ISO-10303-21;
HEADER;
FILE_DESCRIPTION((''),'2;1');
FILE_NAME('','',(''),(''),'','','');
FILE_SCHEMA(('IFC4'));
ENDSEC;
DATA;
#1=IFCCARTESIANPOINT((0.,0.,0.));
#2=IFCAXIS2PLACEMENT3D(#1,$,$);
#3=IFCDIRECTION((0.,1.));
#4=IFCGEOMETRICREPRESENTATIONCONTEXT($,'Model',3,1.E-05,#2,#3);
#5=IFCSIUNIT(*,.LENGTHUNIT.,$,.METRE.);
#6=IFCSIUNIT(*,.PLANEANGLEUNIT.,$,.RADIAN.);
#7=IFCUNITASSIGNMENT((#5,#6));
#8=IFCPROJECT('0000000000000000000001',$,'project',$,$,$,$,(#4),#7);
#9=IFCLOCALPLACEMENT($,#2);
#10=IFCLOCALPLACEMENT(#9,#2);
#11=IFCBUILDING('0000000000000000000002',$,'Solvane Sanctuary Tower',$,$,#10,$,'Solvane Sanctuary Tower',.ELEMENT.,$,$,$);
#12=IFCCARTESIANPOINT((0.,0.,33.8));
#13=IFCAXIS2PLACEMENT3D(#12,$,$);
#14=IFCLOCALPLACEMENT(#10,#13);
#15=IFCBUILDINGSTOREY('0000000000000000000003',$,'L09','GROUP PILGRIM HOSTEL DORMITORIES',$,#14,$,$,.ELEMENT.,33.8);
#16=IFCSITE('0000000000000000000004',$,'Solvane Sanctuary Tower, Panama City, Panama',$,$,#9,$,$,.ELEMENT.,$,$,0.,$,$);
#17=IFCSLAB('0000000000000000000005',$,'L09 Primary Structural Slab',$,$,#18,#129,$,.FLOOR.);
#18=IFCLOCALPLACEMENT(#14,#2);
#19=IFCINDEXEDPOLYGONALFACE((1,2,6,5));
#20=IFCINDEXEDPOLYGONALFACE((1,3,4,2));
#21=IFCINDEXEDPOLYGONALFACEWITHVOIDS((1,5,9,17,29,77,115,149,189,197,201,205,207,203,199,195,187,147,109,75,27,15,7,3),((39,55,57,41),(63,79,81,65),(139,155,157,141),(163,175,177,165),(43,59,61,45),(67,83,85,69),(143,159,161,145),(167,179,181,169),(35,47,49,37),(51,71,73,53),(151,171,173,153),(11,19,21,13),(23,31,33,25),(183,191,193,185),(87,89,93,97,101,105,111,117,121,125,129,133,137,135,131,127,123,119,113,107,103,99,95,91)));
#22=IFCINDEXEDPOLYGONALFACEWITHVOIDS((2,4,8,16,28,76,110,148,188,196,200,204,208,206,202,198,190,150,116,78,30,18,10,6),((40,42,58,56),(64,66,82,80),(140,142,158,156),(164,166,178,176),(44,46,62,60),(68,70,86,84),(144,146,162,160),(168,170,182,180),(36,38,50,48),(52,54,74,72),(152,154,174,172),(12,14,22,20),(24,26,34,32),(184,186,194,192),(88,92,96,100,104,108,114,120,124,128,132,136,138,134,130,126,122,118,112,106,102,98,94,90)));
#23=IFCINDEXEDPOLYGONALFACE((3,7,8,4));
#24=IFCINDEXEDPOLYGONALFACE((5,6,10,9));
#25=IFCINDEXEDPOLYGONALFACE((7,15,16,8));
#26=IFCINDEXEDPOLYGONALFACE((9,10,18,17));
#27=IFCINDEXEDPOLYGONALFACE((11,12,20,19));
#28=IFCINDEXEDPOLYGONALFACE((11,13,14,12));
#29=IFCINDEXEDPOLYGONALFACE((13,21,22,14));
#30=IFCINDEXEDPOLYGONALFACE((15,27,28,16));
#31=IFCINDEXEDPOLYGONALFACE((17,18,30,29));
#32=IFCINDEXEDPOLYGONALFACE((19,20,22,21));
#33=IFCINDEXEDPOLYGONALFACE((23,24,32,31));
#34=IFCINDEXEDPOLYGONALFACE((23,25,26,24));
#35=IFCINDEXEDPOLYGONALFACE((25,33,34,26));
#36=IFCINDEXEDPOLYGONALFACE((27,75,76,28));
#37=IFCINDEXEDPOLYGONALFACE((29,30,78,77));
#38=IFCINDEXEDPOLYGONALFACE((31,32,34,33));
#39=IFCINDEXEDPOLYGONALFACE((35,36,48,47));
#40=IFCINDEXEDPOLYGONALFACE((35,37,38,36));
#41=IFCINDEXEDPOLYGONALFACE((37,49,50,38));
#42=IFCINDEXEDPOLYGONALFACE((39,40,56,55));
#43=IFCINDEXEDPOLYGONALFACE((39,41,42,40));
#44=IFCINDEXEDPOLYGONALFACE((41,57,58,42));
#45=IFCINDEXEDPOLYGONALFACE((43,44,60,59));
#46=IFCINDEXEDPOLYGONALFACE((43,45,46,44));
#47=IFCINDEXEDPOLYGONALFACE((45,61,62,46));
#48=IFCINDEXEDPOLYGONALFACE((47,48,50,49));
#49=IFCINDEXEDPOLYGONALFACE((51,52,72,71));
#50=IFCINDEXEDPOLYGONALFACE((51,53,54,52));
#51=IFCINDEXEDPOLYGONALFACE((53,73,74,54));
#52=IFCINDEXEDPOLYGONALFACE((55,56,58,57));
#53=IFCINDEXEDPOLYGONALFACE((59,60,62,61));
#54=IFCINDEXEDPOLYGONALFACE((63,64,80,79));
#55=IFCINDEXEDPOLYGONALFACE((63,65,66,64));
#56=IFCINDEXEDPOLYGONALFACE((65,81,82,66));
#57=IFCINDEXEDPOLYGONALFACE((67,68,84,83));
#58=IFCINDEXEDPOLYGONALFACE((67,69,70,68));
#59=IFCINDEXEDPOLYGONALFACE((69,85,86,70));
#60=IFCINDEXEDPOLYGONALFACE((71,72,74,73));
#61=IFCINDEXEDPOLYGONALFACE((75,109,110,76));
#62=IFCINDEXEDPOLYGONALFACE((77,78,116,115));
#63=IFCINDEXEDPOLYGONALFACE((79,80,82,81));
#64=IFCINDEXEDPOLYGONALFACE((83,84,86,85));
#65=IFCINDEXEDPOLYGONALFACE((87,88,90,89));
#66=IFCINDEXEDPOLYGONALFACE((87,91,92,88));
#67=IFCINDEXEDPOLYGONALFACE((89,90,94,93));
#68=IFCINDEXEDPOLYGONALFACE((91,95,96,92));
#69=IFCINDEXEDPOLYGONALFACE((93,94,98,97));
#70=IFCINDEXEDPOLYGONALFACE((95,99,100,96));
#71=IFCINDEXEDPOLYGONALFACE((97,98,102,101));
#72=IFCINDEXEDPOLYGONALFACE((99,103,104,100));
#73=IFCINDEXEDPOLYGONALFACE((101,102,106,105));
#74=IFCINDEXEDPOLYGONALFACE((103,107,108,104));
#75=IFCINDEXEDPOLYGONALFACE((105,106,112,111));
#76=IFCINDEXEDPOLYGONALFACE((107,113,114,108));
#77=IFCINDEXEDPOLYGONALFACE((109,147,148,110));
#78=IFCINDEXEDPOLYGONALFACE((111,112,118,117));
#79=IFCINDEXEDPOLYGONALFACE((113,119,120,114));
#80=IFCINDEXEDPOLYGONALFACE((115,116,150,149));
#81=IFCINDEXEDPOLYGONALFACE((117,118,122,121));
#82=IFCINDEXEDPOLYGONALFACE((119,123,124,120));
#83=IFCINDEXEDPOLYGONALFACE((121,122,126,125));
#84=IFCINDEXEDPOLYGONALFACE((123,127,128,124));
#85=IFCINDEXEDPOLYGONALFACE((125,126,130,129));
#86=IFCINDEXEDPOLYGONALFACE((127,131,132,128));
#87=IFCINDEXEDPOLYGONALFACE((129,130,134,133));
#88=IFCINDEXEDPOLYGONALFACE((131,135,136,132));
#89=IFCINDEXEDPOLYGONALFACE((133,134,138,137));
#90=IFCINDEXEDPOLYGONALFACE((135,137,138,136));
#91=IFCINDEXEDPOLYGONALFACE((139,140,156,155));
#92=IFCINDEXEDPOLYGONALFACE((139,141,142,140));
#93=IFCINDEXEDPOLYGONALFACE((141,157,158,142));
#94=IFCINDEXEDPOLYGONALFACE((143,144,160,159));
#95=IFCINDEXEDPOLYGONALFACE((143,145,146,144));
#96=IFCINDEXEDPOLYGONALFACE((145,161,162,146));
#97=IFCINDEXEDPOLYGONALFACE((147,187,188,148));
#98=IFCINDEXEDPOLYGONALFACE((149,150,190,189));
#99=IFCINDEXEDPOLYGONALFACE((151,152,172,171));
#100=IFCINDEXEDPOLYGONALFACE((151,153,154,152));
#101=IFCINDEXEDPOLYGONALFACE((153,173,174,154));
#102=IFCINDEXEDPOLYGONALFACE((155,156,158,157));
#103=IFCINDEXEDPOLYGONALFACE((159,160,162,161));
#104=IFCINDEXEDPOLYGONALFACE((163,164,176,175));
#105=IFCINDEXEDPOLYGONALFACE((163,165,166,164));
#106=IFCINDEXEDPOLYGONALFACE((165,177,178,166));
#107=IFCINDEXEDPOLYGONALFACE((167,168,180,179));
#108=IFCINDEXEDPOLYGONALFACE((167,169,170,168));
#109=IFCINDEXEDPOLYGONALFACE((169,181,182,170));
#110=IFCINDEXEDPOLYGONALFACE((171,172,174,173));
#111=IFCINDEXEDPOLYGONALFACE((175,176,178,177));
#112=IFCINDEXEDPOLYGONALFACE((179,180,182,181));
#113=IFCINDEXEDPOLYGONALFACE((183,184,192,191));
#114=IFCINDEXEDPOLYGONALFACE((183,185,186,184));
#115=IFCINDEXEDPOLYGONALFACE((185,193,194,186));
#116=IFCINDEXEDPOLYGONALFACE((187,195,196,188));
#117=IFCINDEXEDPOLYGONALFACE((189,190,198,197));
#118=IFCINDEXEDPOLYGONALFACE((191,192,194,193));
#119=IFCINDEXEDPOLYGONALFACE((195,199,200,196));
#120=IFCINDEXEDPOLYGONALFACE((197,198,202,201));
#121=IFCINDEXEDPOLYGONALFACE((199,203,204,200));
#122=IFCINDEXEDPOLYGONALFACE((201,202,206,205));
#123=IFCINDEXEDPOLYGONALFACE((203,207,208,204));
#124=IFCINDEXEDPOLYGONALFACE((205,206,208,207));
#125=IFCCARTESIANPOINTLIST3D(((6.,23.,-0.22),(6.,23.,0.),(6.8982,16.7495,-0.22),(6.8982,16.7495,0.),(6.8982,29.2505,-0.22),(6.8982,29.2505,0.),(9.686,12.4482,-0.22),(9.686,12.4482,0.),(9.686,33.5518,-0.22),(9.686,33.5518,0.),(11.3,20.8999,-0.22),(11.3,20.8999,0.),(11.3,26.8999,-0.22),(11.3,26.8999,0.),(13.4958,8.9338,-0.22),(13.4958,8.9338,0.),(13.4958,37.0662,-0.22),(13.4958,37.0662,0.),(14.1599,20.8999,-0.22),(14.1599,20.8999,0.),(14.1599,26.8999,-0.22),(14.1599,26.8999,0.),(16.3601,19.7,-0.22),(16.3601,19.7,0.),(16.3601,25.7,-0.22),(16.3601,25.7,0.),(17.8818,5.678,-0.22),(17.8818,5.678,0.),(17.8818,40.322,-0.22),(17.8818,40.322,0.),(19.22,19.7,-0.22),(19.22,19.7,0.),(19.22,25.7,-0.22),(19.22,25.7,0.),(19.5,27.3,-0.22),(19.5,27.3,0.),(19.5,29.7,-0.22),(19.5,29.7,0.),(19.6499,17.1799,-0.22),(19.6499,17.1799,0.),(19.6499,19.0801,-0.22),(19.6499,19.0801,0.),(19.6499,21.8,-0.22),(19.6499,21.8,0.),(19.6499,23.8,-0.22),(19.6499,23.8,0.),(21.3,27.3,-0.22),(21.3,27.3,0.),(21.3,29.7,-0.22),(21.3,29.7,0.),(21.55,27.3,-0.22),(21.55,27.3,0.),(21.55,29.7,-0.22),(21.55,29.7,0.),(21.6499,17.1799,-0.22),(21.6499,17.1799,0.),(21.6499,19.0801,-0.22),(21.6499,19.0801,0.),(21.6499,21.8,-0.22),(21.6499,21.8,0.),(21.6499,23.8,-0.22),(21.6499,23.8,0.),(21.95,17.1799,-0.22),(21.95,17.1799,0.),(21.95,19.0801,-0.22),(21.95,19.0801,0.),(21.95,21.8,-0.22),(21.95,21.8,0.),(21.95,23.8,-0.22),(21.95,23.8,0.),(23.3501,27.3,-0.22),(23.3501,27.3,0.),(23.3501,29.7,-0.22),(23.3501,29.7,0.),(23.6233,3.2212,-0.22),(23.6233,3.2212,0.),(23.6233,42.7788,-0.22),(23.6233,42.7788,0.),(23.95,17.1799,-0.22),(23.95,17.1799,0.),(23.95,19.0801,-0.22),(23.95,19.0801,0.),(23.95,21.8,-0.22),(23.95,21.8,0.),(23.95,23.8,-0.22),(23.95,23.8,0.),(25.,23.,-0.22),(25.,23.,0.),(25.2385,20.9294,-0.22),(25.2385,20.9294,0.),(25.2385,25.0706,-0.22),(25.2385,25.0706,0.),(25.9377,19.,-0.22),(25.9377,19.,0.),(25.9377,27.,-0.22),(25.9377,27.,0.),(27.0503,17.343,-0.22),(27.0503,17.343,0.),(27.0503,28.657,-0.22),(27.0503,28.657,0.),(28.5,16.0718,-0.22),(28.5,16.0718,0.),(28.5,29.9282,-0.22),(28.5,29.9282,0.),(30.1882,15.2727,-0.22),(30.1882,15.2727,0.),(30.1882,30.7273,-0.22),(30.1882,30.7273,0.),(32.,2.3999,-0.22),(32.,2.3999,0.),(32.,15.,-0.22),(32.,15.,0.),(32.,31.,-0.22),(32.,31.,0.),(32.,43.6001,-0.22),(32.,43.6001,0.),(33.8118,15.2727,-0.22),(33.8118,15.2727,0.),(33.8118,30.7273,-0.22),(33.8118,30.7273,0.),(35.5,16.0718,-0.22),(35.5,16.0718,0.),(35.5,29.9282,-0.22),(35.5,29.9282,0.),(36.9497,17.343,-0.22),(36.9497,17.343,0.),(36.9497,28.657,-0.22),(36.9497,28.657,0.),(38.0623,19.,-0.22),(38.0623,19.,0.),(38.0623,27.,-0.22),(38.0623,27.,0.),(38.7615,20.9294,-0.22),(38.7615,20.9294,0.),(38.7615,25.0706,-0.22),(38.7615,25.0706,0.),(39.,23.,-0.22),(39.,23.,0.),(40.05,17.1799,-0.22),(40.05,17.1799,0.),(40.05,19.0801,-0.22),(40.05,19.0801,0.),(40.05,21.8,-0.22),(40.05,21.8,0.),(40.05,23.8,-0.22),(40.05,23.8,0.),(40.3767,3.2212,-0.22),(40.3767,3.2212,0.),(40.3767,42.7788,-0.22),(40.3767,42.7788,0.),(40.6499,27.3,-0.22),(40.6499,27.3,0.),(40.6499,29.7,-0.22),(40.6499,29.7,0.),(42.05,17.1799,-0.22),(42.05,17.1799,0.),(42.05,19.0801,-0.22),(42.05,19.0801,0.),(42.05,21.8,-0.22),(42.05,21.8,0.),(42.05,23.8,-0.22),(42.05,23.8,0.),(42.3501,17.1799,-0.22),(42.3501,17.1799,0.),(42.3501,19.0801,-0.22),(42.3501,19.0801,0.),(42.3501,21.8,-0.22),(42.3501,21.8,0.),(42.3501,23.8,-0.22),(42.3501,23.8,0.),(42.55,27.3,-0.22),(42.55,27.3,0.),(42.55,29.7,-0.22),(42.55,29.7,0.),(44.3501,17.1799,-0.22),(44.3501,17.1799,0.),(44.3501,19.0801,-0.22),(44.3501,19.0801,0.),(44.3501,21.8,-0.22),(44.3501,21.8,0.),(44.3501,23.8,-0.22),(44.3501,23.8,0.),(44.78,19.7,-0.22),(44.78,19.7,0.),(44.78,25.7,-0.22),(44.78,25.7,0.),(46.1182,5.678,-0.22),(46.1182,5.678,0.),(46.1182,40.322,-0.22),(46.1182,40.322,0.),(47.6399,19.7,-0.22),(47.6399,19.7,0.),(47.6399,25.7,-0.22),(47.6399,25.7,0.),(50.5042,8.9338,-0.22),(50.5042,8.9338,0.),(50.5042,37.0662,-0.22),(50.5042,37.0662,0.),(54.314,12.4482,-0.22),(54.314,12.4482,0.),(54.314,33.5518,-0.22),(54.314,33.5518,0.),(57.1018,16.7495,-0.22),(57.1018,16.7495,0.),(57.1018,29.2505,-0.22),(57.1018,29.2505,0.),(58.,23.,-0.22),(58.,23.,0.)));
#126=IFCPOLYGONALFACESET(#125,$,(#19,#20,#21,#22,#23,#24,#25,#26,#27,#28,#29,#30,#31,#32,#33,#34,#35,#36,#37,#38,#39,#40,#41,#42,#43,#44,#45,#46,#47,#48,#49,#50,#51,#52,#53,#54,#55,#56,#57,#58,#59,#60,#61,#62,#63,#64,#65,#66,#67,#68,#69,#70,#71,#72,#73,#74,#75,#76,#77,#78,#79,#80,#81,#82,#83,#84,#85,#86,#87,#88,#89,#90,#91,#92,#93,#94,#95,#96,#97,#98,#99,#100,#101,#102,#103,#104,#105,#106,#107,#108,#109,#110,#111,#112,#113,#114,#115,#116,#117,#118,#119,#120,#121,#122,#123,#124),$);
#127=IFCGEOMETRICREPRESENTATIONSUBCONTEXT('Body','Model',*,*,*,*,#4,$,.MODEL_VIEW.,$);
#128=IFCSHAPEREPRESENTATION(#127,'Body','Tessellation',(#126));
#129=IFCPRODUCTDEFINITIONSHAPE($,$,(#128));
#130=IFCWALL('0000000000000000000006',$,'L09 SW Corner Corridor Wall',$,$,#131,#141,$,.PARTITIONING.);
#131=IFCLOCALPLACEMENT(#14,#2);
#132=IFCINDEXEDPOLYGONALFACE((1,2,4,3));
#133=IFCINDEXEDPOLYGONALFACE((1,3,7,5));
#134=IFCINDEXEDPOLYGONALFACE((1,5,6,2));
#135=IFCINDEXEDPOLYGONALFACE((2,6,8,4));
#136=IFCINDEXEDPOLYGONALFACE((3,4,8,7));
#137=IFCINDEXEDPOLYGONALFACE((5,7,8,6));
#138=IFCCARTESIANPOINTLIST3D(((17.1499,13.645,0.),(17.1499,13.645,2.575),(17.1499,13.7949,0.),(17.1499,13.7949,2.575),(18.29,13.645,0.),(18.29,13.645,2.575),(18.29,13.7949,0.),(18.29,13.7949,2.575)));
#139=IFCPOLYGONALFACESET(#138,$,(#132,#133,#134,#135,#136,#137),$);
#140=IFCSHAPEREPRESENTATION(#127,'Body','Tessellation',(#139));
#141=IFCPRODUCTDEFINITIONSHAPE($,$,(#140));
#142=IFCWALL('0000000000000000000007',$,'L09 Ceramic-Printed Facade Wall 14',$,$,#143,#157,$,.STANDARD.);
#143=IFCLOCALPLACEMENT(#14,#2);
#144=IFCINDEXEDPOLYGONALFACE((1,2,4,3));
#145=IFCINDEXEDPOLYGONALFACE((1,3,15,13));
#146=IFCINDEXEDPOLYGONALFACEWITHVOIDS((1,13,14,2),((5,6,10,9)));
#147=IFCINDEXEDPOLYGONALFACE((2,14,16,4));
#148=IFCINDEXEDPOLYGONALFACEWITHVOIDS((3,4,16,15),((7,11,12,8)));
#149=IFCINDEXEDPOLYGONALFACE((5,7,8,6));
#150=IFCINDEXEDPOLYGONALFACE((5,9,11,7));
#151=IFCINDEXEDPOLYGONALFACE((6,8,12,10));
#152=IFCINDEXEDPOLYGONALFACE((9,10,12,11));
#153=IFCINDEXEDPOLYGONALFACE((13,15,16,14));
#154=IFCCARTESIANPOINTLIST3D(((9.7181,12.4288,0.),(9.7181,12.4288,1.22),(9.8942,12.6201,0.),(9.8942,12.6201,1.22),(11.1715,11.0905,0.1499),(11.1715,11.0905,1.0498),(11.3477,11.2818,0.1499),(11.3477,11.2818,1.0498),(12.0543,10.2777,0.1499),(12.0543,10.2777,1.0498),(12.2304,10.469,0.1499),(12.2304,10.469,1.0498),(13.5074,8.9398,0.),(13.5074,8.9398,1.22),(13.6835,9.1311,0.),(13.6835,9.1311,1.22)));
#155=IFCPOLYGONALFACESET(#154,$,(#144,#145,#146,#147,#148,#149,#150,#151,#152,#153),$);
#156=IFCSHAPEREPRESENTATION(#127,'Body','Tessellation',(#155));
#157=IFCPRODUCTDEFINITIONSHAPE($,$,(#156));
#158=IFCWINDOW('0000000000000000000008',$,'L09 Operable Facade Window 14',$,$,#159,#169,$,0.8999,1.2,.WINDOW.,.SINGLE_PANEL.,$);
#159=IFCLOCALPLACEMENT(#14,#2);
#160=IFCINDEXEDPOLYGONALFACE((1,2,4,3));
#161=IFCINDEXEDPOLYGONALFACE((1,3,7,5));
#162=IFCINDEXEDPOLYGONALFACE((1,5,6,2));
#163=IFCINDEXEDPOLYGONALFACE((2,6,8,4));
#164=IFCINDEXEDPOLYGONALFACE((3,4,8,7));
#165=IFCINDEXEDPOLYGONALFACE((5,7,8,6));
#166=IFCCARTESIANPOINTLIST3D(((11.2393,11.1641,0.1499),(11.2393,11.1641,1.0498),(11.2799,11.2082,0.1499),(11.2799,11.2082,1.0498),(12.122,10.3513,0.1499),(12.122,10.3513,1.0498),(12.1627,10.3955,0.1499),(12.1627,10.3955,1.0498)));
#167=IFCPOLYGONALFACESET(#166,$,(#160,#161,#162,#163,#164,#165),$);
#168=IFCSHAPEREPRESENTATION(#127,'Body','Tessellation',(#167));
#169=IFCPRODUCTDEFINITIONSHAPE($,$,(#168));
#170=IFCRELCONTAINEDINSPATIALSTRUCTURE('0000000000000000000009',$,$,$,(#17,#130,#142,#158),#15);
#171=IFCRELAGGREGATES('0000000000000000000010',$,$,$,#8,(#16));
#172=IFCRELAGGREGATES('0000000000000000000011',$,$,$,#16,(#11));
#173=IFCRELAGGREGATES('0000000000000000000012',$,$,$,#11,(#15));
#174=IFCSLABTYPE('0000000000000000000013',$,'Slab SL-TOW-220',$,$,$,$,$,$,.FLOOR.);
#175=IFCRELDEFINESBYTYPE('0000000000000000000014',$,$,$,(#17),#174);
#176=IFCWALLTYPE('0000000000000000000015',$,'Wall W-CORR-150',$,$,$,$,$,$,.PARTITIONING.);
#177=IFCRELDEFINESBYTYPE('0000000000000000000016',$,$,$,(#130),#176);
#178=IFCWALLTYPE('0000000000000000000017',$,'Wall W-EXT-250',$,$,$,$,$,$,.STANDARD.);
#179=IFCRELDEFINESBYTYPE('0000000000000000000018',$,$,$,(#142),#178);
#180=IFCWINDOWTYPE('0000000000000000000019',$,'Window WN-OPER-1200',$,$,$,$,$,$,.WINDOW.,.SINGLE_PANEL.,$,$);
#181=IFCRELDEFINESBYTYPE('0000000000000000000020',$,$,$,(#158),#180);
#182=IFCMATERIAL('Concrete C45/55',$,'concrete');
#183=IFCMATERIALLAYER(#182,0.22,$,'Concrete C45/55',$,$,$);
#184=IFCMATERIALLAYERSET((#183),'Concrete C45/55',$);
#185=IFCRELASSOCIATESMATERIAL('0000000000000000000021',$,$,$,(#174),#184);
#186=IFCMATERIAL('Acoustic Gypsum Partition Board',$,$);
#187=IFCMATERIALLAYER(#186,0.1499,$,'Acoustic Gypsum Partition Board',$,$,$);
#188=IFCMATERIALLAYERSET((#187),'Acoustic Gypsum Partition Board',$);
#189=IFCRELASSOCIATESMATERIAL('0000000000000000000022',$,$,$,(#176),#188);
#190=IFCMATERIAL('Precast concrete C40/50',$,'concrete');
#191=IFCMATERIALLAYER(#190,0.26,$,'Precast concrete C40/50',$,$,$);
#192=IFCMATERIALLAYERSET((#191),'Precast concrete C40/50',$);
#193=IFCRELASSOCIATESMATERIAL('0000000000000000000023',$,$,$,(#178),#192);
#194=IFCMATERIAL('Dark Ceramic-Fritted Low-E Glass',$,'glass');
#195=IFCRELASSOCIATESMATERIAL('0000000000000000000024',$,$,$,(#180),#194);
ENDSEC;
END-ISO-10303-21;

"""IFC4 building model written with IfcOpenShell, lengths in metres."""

from ifc_helpers import new_model, si_unit, direction, frame, frame_2d, origin, place, context, subcontext, project, spatial, polyline, rectangle, outline, extrude, material, layer, layer_set, type_object, element, fill, save


model = new_model("IFC4")

# Units and contexts
model_context = context("Model", 3, precision=1e-05, world=origin(), true_north=direction((0.0, 1.0)))
body_context = subcontext(model_context, "Body", "Model", "MODEL_VIEW")
ifc_project = project(units=[si_unit("LENGTHUNIT", "METRE"), si_unit("PLANEANGLEUNIT", "RADIAN")], contexts=[model_context])

# Site, building, storey
site_placement = place(None, origin())
site = spatial("IfcSite", under=ifc_project, at=site_placement, Name="Solvane Sanctuary Tower, Panama City, Panama", CompositionType="ELEMENT", RefElevation=0.0)
building_placement = place(site_placement, origin())
building = spatial("IfcBuilding", under=site, at=building_placement, Name="Solvane Sanctuary Tower", LongName="Solvane Sanctuary Tower", CompositionType="ELEMENT")
storey_placement = place(building_placement, frame((0.0, 0.0, 33.8)))
storey = spatial("IfcBuildingStorey", under=building, at=storey_placement, Name="L09", Description="GROUP PILGRIM HOSTEL DORMITORIES", CompositionType="ELEMENT", Elevation=33.8)

# Shared definitions
ifc_material_1 = material(Name="Concrete C45/55", Category="concrete")

# Slab
ifc_layer_1 = layer(ifc_material_1, 0.22, Name="Concrete C45/55")
ifc_layer_set_1 = layer_set([ifc_layer_1], Name="Concrete C45/55")
slab_type_1 = type_object("IfcSlabType", Name="Slab SL-TOW-220", PredefinedType="FLOOR", material=ifc_layer_set_1)
slab_1_placement = place(storey_placement, frame((0.0, 0.0, -0.22)))
element("IfcSlab", 1, at=slab_1_placement, inside=storey, type_object=slab_type_1, Name="L09 Primary Structural Slab", PredefinedType="FLOOR", context=body_context, shape_type="SweptSolid", body=[
    extrude(outline(polyline([(58.0, 23.0), (57.1018, 29.2505), (54.314, 33.5518), (50.5042, 37.0662), (46.1182, 40.322), (40.3767, 42.7788), (32.0, 43.6001), (23.6233, 42.7788), (17.8818, 40.322), (13.4958, 37.0662), (9.686, 33.5518), (6.8982, 29.2505), (6.0, 23.0), (6.8982, 16.7495), (9.686, 12.4482), (13.4958, 8.9338), (17.8818, 5.678), (23.6233, 3.2212), (32.0, 2.3999), (40.3767, 3.2212), (46.1182, 5.678), (50.5042, 8.9338), (54.314, 12.4482), (57.1018, 16.7495), (58.0, 23.0)]), holes=[polyline([(38.7615, 20.9294), (38.0623, 19.0), (36.9497, 17.343), (35.5, 16.0718), (33.8118, 15.2727), (32.0, 15.0), (30.1882, 15.2727), (28.5, 16.0718), (27.0503, 17.343), (25.9377, 19.0), (25.2385, 20.9294), (25.0, 23.0), (25.2385, 25.0706), (25.9377, 27.0), (27.0503, 28.657), (28.5, 29.9282), (30.1882, 30.7273), (32.0, 31.0), (33.8118, 30.7273), (35.5, 29.9282), (36.9497, 28.657), (38.0623, 27.0), (38.7615, 25.0706), (39.0, 23.0), (38.7615, 20.9294)]), polyline([(16.3601, 19.7), (16.3601, 25.7), (19.22, 25.7), (19.22, 19.7), (16.3601, 19.7)]), polyline([(44.78, 19.7), (44.78, 25.7), (47.6399, 25.7), (47.6399, 19.7), (44.78, 19.7)]), polyline([(11.3, 20.8999), (11.3, 26.8999), (14.1599, 26.8999), (14.1599, 20.8999), (11.3, 20.8999)]), polyline([(19.6499, 19.0801), (21.6499, 19.0801), (21.6499, 17.1799), (19.6499, 17.1799), (19.6499, 19.0801)]), polyline([(21.95, 19.0801), (23.95, 19.0801), (23.95, 17.1799), (21.95, 17.1799), (21.95, 19.0801)]), polyline([(40.05, 19.0801), (42.05, 19.0801), (42.05, 17.1799), (40.05, 17.1799), (40.05, 19.0801)]), polyline([(42.3501, 19.0801), (44.3501, 19.0801), (44.3501, 17.1799), (42.3501, 17.1799), (42.3501, 19.0801)]), polyline([(19.6499, 23.8), (21.6499, 23.8), (21.6499, 21.8), (19.6499, 21.8), (19.6499, 23.8)]), polyline([(42.3501, 23.8), (44.3501, 23.8), (44.3501, 21.8), (42.3501, 21.8), (42.3501, 23.8)]), polyline([(21.95, 23.8), (23.95, 23.8), (23.95, 21.8), (21.95, 21.8), (21.95, 23.8)]), polyline([(40.05, 23.8), (42.05, 23.8), (42.05, 21.8), (40.05, 21.8), (40.05, 23.8)]), polyline([(19.5, 29.7), (21.3, 29.7), (21.3, 27.3), (19.5, 27.3), (19.5, 29.7)]), polyline([(21.55, 29.7), (23.3501, 29.7), (23.3501, 27.3), (21.55, 27.3), (21.55, 29.7)]), polyline([(40.6499, 29.7), (42.55, 29.7), (42.55, 27.3), (40.6499, 27.3), (40.6499, 29.7)])]), origin(), (0.0, 0.0, 1.0), 0.22),
])

# Wall
ifc_material_2 = material(Name="Acoustic Gypsum Partition Board")
ifc_layer_2 = layer(ifc_material_2, 0.1499, Name="Acoustic Gypsum Partition Board")
ifc_layer_set_2 = layer_set([ifc_layer_2], Name="Acoustic Gypsum Partition Board")
wall_type_1 = type_object("IfcWallType", Name="Wall W-CORR-150", PredefinedType="PARTITIONING", material=ifc_layer_set_2)
wall_1_placement = place(storey_placement, frame((17.1499, 13.72, 0.0), z_axis=(0.0, 0.0, 1.0), x_axis=(1.0, 0.0, 0.0)))
element("IfcWall", 2, at=wall_1_placement, inside=storey, type_object=wall_type_1, Name="L09 SW Corner Corridor Wall", PredefinedType="PARTITIONING", context=body_context, shape_type="SweptSolid", body=[
    extrude(rectangle(XDim=1.1401, YDim=0.1499, at=frame_2d((0.5701, 0.0))), origin(), (0.0, 0.0, 1.0), 2.575),
])

# Wall, opening, window
ifc_material_3 = material(Name="Precast concrete C40/50", Category="concrete")
ifc_layer_3 = layer(ifc_material_3, 0.26, Name="Precast concrete C40/50")
ifc_layer_set_3 = layer_set([ifc_layer_3], Name="Precast concrete C40/50")
wall_type_2 = type_object("IfcWallType", Name="Wall W-EXT-250", PredefinedType="STANDARD", material=ifc_layer_set_3)
wall_2_placement = place(storey_placement, frame((9.8062, 12.5244, 0.0), z_axis=(0.0, 0.0, 1.0), x_axis=(0.735655, -0.677356, 0.0)))
wall_2 = element("IfcWall", 3, at=wall_2_placement, inside=storey, type_object=wall_type_2, Name="L09 Ceramic-Printed Facade Wall 14", PredefinedType="STANDARD", context=body_context, shape_type="SweptSolid", body=[
    extrude(rectangle(XDim=5.1509, YDim=0.26, at=frame_2d((2.5754, 0.0))), origin(), (0.0, 0.0, 1.0), 1.22),
])
opening_placement = place(wall_2_placement, frame((1.9756, 0.0, 0.1499)))
opening = element("IfcOpeningElement", 4, at=opening_placement, cuts=wall_2, PredefinedType="OPENING", context=body_context, shape_type="SweptSolid", body=[
    extrude(rectangle(XDim=1.2, YDim=0.8999, at=frame_2d((0.6001, 0.45))), frame((0.0, 0.1399, 0.0), z_axis=(0.0, -1.0, 0.0), x_axis=(1.0, 0.0, 0.0)), (0.0, 0.0, 1.0), 0.28),
])
ifc_material_4 = material(Name="Dark Ceramic-Fritted Low-E Glass", Category="glass")
window_type = type_object("IfcWindowType", Name="Window WN-OPER-1200", PartitioningType="SINGLE_PANEL", PredefinedType="WINDOW", material=ifc_material_4)
window_placement = place(opening_placement, origin())
window = element("IfcWindow", 5, at=window_placement, inside=storey, type_object=window_type, Name="L09 Operable Facade Window 14", OverallHeight=0.8999, OverallWidth=1.2, PartitioningType="SINGLE_PANEL", PredefinedType="WINDOW", context=body_context, shape_type="SweptSolid", body=[
    extrude(rectangle(XDim=1.2, YDim=0.8999, at=frame_2d((0.6001, 0.45))), frame((0.0, 0.03, 0.0), z_axis=(0.0, -1.0, 0.0), x_axis=(1.0, 0.0, 0.0)), (0.0, 0.0, 1.0), 0.0601),
])
fill(opening, window)

save(model, "model.ifc")
